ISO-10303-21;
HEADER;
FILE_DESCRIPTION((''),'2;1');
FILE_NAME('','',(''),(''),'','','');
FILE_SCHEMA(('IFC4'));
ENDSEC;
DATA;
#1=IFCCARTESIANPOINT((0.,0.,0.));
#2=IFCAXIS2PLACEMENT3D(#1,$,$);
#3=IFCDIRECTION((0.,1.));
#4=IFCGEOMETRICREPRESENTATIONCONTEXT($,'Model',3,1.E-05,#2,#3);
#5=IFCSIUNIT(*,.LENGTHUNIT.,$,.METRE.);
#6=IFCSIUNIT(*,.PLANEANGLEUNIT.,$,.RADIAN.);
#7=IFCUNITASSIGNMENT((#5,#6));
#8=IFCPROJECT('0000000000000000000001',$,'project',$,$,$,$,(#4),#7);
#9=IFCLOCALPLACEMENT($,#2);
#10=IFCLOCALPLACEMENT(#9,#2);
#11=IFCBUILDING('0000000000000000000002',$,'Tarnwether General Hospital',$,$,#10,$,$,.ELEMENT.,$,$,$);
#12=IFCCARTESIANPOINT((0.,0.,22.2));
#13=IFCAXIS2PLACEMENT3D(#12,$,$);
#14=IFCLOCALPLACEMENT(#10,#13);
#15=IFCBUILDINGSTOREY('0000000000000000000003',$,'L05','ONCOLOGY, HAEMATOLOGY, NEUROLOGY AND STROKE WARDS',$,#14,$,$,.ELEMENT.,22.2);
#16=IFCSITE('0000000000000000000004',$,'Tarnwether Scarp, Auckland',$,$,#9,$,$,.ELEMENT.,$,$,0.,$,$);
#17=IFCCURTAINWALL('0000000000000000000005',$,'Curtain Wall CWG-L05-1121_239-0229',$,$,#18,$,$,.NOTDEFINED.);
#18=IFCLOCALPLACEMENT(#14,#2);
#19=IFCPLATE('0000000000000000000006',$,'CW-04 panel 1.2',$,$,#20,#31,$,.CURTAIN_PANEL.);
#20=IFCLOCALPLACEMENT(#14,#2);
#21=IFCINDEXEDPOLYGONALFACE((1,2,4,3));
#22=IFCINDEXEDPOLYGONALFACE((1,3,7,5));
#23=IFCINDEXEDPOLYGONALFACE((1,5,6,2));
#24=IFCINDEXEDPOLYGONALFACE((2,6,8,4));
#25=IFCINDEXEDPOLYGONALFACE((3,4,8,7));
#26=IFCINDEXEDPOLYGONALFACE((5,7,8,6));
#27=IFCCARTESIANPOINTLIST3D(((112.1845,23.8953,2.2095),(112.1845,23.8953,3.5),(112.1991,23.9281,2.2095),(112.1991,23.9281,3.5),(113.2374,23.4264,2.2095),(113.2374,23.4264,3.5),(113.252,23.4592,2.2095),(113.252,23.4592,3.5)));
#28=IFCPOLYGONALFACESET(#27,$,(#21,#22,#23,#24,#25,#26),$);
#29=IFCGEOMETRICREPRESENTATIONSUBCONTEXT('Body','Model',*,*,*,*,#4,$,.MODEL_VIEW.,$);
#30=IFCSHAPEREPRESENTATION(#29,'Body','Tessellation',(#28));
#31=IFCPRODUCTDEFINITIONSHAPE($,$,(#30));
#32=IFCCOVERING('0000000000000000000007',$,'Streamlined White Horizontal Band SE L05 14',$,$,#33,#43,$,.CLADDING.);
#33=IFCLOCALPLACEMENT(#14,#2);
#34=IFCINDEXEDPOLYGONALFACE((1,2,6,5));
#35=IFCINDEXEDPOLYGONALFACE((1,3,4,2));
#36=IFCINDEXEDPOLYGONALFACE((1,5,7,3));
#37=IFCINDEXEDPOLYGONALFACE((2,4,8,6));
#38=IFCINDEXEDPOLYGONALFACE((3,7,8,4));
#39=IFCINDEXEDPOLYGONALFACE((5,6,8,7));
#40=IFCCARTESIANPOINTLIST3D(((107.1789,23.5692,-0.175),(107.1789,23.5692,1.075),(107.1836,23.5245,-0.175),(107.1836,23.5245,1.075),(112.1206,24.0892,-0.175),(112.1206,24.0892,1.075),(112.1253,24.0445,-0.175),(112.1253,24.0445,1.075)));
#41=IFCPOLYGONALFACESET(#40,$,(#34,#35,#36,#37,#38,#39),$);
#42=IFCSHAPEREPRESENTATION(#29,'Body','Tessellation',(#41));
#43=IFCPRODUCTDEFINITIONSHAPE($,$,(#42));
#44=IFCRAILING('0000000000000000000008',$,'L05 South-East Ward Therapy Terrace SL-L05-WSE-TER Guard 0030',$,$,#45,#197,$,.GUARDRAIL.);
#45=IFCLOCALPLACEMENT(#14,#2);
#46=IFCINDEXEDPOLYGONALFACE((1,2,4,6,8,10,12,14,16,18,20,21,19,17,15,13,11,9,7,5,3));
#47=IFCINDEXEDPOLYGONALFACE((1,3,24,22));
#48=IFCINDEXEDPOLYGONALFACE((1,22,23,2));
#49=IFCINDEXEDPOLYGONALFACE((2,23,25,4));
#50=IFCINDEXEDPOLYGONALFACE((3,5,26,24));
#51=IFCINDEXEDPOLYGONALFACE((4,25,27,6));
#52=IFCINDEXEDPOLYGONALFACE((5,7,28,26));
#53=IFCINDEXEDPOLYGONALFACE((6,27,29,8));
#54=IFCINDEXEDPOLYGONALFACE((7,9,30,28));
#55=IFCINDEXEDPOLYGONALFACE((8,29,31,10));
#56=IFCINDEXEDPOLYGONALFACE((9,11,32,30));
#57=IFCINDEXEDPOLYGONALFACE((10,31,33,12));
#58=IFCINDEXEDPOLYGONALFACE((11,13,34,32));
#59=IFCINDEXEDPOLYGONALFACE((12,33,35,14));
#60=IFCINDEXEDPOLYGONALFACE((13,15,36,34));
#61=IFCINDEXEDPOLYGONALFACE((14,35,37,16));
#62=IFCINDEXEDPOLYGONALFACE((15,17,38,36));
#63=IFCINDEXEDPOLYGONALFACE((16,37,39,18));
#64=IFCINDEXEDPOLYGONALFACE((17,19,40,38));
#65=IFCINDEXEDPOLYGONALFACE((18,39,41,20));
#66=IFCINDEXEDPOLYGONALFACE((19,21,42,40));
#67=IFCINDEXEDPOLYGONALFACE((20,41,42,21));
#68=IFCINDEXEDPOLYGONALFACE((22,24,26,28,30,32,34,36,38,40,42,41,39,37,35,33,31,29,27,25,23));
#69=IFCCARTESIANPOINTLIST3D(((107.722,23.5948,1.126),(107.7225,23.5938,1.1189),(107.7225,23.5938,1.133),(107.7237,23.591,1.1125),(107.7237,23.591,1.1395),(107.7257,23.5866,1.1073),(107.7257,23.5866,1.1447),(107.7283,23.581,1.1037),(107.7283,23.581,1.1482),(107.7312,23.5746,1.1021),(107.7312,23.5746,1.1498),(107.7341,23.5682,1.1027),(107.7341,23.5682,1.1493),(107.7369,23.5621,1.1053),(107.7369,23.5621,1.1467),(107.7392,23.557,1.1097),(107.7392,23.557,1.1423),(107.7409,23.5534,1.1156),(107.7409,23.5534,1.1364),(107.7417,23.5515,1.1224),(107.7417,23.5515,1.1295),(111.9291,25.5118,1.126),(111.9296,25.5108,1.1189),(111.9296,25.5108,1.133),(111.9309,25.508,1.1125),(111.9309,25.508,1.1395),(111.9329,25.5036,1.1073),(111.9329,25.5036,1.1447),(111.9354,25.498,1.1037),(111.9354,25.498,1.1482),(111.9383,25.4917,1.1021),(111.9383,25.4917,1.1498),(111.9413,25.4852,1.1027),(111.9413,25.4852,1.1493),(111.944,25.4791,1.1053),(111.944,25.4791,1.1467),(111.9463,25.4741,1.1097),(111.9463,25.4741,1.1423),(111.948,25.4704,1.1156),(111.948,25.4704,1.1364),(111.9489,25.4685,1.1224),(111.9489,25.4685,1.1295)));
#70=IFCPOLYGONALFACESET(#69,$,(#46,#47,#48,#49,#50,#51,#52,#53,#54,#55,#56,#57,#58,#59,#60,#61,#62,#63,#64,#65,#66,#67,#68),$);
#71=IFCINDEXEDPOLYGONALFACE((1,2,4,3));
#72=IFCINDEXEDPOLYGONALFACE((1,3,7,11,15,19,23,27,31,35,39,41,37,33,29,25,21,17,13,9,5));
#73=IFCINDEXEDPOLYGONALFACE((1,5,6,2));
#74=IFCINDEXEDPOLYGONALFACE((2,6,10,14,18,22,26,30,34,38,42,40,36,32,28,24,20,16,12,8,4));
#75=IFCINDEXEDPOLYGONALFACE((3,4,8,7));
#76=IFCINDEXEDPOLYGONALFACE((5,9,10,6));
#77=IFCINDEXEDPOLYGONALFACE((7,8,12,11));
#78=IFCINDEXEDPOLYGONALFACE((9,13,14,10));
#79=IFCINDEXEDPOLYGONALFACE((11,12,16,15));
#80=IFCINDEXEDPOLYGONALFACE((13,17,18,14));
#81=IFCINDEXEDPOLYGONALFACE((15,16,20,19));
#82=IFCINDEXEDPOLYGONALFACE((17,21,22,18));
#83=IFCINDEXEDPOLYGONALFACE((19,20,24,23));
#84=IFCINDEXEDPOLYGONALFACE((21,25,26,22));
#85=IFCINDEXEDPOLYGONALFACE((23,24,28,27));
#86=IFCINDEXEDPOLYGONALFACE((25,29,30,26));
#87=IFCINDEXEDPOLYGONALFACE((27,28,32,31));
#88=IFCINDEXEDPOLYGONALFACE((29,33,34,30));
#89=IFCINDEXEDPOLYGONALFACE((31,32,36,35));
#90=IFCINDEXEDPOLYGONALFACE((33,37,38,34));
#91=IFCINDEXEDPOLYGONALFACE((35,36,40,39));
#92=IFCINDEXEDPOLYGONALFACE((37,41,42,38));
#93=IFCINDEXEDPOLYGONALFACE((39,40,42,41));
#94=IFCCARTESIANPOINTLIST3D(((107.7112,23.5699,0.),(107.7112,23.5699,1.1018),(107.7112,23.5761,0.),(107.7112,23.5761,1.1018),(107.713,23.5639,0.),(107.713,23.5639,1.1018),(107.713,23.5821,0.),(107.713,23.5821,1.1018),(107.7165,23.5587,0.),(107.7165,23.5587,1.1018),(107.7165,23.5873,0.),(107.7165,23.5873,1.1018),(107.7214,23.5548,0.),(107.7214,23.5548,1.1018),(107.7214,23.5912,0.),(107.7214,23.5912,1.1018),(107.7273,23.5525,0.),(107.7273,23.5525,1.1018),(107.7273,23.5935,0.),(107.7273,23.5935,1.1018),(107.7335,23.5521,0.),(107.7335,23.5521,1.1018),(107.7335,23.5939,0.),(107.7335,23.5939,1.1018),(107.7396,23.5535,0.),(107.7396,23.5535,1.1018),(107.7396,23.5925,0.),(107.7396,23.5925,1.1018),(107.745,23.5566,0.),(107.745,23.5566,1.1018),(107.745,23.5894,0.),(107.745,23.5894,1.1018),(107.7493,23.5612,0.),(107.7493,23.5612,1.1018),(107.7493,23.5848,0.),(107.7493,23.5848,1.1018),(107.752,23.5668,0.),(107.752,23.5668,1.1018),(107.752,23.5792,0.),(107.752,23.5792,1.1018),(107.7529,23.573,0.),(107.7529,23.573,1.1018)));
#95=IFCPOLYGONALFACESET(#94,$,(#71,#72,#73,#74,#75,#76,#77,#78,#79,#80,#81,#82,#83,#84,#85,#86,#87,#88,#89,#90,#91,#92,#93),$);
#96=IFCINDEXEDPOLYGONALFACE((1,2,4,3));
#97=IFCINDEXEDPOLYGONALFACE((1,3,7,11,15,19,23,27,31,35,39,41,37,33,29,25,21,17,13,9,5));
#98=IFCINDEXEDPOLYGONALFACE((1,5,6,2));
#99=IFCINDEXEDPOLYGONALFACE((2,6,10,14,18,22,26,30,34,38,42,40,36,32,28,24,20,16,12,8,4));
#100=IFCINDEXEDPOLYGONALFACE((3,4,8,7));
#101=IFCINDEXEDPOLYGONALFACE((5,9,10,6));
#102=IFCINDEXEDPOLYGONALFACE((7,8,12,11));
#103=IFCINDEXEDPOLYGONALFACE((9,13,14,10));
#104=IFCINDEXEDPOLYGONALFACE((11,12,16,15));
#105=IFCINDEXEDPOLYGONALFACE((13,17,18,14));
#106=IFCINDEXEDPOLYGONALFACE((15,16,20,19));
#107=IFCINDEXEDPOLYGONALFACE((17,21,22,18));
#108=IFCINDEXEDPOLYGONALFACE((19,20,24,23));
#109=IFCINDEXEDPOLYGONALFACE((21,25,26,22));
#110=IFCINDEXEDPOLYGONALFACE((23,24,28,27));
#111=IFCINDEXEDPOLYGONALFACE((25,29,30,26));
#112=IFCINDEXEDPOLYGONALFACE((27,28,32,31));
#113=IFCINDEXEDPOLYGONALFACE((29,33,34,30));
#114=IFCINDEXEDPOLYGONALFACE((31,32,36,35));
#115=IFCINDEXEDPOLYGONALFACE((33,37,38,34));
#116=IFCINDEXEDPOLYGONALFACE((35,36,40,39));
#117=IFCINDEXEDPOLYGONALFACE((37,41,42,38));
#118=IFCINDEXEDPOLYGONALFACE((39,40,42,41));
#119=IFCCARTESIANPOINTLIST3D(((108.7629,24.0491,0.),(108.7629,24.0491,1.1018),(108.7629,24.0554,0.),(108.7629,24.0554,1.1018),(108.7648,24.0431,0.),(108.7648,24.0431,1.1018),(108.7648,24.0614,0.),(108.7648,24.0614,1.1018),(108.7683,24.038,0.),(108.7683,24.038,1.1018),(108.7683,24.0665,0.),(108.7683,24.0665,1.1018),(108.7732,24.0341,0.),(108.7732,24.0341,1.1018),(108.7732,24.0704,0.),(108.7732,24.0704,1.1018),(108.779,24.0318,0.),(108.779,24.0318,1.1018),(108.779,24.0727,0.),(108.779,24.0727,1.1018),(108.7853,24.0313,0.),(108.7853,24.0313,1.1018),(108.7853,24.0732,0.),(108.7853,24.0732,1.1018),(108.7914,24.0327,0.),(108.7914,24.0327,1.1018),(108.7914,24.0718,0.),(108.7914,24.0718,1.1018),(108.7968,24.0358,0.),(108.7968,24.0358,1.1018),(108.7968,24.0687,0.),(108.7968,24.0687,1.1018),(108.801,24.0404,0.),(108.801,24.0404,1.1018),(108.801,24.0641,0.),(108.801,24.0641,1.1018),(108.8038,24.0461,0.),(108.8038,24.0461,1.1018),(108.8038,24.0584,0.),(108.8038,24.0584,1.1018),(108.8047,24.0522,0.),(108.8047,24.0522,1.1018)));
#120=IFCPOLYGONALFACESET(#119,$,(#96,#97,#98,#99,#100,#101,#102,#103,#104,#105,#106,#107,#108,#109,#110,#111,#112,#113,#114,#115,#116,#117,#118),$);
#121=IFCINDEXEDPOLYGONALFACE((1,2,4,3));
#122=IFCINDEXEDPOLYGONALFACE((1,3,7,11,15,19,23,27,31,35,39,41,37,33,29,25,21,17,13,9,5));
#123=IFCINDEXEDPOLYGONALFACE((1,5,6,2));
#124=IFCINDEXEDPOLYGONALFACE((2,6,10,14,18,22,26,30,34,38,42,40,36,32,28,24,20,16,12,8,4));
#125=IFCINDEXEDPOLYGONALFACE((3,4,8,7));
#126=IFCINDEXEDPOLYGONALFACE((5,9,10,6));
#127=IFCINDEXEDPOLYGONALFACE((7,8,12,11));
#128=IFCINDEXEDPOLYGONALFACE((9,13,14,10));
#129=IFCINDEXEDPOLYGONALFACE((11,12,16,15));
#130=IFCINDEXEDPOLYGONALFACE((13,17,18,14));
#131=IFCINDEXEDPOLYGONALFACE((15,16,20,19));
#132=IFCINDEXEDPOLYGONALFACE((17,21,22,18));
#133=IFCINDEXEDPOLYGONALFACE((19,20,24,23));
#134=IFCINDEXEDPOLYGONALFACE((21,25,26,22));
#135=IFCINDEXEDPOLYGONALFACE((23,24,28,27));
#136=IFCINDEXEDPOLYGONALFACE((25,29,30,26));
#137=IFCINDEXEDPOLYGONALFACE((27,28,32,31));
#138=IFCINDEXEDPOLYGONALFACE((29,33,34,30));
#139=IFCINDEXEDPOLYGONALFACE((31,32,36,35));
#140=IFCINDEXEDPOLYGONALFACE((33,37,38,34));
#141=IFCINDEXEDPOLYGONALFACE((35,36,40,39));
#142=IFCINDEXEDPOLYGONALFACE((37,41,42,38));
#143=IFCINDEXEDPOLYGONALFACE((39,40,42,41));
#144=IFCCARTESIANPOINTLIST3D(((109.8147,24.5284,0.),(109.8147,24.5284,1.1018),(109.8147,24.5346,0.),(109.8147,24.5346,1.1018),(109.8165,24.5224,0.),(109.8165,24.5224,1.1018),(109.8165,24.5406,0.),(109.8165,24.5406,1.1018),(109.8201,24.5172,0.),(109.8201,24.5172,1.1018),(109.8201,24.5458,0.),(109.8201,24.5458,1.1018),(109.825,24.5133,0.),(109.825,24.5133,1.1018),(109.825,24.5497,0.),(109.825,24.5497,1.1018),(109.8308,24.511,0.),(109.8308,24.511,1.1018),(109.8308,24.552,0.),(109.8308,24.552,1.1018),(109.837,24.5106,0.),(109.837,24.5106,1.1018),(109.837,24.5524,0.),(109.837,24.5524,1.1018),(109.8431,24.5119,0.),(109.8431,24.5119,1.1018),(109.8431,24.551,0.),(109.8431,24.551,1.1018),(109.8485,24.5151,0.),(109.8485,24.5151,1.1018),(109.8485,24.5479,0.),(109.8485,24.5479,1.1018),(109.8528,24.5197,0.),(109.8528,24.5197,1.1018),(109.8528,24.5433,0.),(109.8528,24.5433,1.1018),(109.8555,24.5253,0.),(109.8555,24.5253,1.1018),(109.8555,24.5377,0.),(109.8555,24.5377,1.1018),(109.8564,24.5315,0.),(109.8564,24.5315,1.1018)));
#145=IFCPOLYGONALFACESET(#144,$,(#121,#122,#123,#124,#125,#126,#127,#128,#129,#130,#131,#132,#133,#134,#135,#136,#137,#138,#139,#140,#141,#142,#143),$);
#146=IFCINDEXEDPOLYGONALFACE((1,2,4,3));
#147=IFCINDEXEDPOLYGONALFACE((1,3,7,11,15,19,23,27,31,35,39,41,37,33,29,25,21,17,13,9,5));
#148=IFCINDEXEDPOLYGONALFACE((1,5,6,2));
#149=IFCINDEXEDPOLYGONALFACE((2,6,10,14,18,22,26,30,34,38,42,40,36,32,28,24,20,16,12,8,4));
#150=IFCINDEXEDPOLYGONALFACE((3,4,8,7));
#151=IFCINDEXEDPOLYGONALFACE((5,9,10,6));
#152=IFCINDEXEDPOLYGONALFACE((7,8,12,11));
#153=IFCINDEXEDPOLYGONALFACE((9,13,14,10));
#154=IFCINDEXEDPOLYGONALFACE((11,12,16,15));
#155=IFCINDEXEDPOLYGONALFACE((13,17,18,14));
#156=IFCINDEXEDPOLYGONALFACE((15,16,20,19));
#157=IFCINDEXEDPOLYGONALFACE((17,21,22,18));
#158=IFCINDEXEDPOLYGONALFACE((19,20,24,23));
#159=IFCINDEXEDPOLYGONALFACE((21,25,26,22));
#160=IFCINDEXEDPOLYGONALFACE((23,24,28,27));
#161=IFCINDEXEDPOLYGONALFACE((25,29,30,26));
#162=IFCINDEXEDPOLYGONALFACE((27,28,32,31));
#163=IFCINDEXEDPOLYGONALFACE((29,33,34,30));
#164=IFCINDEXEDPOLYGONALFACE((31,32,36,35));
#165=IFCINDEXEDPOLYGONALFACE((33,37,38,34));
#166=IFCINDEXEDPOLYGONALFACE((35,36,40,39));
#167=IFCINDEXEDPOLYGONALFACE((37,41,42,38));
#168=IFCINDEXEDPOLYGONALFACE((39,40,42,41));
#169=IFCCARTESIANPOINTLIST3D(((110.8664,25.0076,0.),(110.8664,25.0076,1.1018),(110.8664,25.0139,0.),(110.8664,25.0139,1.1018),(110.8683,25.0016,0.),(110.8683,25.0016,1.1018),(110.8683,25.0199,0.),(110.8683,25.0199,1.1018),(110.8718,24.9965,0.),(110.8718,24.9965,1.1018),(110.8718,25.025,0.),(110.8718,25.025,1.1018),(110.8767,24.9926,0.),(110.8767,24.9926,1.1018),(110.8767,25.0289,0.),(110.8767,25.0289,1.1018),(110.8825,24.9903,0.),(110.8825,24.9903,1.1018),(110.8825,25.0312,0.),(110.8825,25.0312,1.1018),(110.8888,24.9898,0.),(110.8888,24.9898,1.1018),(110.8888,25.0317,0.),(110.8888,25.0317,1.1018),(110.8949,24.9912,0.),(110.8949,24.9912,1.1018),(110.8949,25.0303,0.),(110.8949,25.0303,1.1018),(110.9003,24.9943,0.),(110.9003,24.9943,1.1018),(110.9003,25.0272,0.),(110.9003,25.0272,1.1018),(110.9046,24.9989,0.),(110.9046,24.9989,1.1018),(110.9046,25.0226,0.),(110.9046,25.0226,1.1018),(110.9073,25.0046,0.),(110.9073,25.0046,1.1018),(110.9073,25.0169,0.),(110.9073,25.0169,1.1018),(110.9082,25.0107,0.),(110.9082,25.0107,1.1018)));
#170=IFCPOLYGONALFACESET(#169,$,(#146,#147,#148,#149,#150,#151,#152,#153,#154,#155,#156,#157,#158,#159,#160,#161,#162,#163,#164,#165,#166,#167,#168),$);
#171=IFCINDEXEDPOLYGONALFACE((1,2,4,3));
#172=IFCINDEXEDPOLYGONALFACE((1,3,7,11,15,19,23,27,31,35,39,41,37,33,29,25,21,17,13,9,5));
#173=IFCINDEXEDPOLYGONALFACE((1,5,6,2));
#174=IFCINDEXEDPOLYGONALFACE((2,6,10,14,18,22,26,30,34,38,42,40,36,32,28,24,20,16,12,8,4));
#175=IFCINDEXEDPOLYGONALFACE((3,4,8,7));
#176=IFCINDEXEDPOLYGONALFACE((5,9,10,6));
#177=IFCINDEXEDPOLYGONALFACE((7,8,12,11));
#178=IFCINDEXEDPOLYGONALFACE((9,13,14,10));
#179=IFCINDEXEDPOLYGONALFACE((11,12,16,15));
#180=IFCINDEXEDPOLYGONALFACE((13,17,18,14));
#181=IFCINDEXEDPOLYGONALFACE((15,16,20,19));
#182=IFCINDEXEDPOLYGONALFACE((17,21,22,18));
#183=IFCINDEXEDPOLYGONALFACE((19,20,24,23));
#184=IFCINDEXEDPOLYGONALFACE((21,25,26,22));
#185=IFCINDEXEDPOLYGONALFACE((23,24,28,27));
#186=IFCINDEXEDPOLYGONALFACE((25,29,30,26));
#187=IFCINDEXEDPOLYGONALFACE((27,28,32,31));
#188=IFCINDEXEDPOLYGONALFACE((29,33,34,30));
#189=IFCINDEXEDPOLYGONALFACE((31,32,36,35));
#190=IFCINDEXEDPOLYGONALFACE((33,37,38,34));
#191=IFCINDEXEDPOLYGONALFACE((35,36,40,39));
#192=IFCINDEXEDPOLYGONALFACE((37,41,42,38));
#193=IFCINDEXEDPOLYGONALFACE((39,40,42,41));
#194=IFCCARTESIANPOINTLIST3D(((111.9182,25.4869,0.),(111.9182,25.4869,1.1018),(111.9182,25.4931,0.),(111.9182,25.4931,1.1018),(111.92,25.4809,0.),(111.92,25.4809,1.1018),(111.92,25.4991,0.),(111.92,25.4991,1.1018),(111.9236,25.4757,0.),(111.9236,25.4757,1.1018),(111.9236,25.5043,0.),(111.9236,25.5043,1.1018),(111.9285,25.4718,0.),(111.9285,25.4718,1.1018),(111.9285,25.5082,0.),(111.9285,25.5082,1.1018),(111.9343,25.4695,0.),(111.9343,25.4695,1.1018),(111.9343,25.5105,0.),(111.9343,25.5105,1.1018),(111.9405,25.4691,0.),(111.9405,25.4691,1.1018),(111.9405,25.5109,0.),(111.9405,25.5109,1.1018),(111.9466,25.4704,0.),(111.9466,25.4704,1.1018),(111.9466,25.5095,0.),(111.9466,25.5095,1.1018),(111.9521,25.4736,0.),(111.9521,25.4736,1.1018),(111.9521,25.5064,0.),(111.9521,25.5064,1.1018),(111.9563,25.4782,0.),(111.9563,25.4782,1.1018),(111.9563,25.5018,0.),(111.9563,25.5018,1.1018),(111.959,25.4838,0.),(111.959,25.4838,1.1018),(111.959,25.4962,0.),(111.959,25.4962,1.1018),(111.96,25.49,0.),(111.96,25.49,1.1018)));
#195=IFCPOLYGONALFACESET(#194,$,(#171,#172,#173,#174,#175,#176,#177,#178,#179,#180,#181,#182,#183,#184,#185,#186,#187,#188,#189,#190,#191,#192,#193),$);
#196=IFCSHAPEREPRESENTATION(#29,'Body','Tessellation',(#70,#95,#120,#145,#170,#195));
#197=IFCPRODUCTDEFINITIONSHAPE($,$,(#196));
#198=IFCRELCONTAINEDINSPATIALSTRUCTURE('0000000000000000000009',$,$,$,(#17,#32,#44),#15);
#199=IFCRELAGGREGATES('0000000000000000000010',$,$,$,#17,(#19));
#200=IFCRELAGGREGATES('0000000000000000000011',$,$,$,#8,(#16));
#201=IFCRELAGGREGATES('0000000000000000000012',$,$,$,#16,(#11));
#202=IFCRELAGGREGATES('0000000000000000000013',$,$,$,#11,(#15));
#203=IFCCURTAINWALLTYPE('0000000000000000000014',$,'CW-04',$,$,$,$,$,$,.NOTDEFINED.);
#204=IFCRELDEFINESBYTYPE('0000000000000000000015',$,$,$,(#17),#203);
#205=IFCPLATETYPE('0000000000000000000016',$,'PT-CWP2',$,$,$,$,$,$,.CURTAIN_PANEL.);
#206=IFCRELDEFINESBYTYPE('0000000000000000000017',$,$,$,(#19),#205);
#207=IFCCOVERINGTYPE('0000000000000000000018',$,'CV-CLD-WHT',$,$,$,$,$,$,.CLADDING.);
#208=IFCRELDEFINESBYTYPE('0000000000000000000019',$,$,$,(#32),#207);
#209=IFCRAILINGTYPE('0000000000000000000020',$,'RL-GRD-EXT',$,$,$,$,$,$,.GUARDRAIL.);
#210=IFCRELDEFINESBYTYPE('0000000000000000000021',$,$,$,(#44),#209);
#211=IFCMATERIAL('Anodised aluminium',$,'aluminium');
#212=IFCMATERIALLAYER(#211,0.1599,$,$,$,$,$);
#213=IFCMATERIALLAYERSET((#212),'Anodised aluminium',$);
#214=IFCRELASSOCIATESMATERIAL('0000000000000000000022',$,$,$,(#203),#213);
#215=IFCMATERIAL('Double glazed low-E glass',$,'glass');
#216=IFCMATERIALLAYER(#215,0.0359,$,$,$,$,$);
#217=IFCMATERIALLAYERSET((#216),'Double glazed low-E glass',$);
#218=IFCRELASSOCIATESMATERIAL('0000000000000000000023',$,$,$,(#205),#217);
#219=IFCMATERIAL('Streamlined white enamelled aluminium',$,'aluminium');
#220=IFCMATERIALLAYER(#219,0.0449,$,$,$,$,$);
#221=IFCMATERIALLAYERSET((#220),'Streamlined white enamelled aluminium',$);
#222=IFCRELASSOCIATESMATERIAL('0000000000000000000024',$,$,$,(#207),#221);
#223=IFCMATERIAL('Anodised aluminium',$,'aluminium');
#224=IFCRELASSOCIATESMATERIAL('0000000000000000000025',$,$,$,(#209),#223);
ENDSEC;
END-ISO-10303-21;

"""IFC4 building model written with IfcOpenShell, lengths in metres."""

from ifc_helpers import new_model, si_unit, direction, frame, origin, origin_2d, place, context, subcontext, project, spatial, rectangle, circle, extrude, material, layer, layer_set, type_object, element, aggregate, save


model = new_model("IFC4")

# Units and contexts
model_context = context("Model", 3, precision=1e-05, world=origin(), true_north=direction((0.0, 1.0)))
body_context = subcontext(model_context, "Body", "Model", "MODEL_VIEW")
ifc_project = project(units=[si_unit("LENGTHUNIT", "METRE"), si_unit("PLANEANGLEUNIT", "RADIAN")], contexts=[model_context])

# Site, building, storey
site_placement = place(None, origin())
site = spatial("IfcSite", under=ifc_project, at=site_placement, Name="Tarnwether Scarp, Auckland", CompositionType="ELEMENT", RefElevation=0.0)
building_placement = place(site_placement, origin())
building = spatial("IfcBuilding", under=site, at=building_placement, Name="Tarnwether General Hospital", CompositionType="ELEMENT")
storey_placement = place(building_placement, frame((0.0, 0.0, 22.2)))
storey = spatial("IfcBuildingStorey", under=building, at=storey_placement, Name="L05", Description="ONCOLOGY, HAEMATOLOGY, NEUROLOGY AND STROKE WARDS", CompositionType="ELEMENT", Elevation=22.2)

# Curtain wall
ifc_material_1 = material(Name="Anodised aluminium", Category="aluminium")
ifc_layer_1 = layer(ifc_material_1, 0.1599)
ifc_layer_set_1 = layer_set([ifc_layer_1], Name="Anodised aluminium")
curtain_wall_type = type_object("IfcCurtainWallType", Name="CW-04", PredefinedType="NOTDEFINED", material=ifc_layer_set_1)
curtain_wall_1_placement = place(storey_placement, origin())
curtain_wall_1 = element("IfcCurtainWall", 1, at=curtain_wall_1_placement, inside=storey, type_object=curtain_wall_type, Name="Curtain Wall CWG-L05-1121_239-0229", PredefinedType="NOTDEFINED")

# Plate
ifc_material_2 = material(Name="Double glazed low-E glass", Category="glass")
ifc_layer_2 = layer(ifc_material_2, 0.0359)
ifc_layer_set_2 = layer_set([ifc_layer_2], Name="Double glazed low-E glass")
plate_type_1 = type_object("IfcPlateType", Name="PT-CWP2", PredefinedType="CURTAIN_PANEL", material=ifc_layer_set_2)
plate_1_placement = place(storey_placement, frame((112.7183, 23.6772, 2.2095), z_axis=(0.0, 0.0, 1.0), x_axis=(0.913496, -0.406848, 0.0)))
plate_1 = element("IfcPlate", 2, at=plate_1_placement, type_object=plate_type_1, Name="CW-04 panel 1.2", PredefinedType="CURTAIN_PANEL", context=body_context, shape_type="SweptSolid", body=[
    extrude(rectangle(XDim=1.1526, YDim=0.0359, at=origin_2d()), origin(), (0.0, 0.0, 1.0), 1.2905),
])
aggregate(curtain_wall_1, [plate_1])

# Covering
ifc_material_3 = material(Name="Streamlined white enamelled aluminium", Category="aluminium")
ifc_layer_3 = layer(ifc_material_3, 0.0449)
ifc_layer_set_3 = layer_set([ifc_layer_3], Name="Streamlined white enamelled aluminium")
covering_type = type_object("IfcCoveringType", Name="CV-CLD-WHT", PredefinedType="CLADDING", material=ifc_layer_set_3)
covering_placement = place(storey_placement, frame((109.6521, 23.8069, -0.175), z_axis=(0.0, 0.0, 1.0), x_axis=(0.994509, 0.10465, 0.0)))
element("IfcCovering", 3, at=covering_placement, inside=storey, type_object=covering_type, Name="Streamlined White Horizontal Band SE L05 14", PredefinedType="CLADDING", context=body_context, shape_type="SweptSolid", body=[
    extrude(rectangle(XDim=4.969, YDim=0.0449, at=origin_2d()), origin(), (0.0, 0.0, 1.0), 1.25),
])

# Railing
ifc_material_4 = material(Name="Anodised aluminium", Category="aluminium")
railing_type = type_object("IfcRailingType", Name="RL-GRD-EXT", PredefinedType="GUARDRAIL", material=ifc_material_4)
railing_placement = place(storey_placement, frame((107.7319, 23.573, 0.0)))
element("IfcRailing", 4, at=railing_placement, inside=storey, type_object=railing_type, Name="L05 South-East Ward Therapy Terrace SL-L05-WSE-TER Guard 0030", PredefinedType="GUARDRAIL", context=body_context, shape_type="SweptSolid", body=[
    extrude(circle(Radius=0.0239, at=origin_2d()), frame((0.0, 0.0, 1.126), z_axis=(0.909983, 0.414646, 0.0), x_axis=(-0.414646, 0.909983, 0.0)), (0.0, 0.0, 1.0), 4.6233),
    extrude(circle(Radius=0.021, at=origin_2d()), origin(), (0.0, 0.0, 1.0), 1.1018),
    extrude(circle(Radius=0.021, at=origin_2d()), frame((1.0518, 0.4792, 0.0)), (0.0, 0.0, 1.0), 1.1018),
    extrude(circle(Radius=0.021, at=origin_2d()), frame((2.1035, 0.9585, 0.0)), (0.0, 0.0, 1.0), 1.1018),
    extrude(circle(Radius=0.021, at=origin_2d()), frame((3.1553, 1.4377, 0.0)), (0.0, 0.0, 1.0), 1.1018),
    extrude(circle(Radius=0.021, at=origin_2d()), frame((4.207, 1.917, 0.0)), (0.0, 0.0, 1.0), 1.1018),
])

save(model, "model.ifc")
